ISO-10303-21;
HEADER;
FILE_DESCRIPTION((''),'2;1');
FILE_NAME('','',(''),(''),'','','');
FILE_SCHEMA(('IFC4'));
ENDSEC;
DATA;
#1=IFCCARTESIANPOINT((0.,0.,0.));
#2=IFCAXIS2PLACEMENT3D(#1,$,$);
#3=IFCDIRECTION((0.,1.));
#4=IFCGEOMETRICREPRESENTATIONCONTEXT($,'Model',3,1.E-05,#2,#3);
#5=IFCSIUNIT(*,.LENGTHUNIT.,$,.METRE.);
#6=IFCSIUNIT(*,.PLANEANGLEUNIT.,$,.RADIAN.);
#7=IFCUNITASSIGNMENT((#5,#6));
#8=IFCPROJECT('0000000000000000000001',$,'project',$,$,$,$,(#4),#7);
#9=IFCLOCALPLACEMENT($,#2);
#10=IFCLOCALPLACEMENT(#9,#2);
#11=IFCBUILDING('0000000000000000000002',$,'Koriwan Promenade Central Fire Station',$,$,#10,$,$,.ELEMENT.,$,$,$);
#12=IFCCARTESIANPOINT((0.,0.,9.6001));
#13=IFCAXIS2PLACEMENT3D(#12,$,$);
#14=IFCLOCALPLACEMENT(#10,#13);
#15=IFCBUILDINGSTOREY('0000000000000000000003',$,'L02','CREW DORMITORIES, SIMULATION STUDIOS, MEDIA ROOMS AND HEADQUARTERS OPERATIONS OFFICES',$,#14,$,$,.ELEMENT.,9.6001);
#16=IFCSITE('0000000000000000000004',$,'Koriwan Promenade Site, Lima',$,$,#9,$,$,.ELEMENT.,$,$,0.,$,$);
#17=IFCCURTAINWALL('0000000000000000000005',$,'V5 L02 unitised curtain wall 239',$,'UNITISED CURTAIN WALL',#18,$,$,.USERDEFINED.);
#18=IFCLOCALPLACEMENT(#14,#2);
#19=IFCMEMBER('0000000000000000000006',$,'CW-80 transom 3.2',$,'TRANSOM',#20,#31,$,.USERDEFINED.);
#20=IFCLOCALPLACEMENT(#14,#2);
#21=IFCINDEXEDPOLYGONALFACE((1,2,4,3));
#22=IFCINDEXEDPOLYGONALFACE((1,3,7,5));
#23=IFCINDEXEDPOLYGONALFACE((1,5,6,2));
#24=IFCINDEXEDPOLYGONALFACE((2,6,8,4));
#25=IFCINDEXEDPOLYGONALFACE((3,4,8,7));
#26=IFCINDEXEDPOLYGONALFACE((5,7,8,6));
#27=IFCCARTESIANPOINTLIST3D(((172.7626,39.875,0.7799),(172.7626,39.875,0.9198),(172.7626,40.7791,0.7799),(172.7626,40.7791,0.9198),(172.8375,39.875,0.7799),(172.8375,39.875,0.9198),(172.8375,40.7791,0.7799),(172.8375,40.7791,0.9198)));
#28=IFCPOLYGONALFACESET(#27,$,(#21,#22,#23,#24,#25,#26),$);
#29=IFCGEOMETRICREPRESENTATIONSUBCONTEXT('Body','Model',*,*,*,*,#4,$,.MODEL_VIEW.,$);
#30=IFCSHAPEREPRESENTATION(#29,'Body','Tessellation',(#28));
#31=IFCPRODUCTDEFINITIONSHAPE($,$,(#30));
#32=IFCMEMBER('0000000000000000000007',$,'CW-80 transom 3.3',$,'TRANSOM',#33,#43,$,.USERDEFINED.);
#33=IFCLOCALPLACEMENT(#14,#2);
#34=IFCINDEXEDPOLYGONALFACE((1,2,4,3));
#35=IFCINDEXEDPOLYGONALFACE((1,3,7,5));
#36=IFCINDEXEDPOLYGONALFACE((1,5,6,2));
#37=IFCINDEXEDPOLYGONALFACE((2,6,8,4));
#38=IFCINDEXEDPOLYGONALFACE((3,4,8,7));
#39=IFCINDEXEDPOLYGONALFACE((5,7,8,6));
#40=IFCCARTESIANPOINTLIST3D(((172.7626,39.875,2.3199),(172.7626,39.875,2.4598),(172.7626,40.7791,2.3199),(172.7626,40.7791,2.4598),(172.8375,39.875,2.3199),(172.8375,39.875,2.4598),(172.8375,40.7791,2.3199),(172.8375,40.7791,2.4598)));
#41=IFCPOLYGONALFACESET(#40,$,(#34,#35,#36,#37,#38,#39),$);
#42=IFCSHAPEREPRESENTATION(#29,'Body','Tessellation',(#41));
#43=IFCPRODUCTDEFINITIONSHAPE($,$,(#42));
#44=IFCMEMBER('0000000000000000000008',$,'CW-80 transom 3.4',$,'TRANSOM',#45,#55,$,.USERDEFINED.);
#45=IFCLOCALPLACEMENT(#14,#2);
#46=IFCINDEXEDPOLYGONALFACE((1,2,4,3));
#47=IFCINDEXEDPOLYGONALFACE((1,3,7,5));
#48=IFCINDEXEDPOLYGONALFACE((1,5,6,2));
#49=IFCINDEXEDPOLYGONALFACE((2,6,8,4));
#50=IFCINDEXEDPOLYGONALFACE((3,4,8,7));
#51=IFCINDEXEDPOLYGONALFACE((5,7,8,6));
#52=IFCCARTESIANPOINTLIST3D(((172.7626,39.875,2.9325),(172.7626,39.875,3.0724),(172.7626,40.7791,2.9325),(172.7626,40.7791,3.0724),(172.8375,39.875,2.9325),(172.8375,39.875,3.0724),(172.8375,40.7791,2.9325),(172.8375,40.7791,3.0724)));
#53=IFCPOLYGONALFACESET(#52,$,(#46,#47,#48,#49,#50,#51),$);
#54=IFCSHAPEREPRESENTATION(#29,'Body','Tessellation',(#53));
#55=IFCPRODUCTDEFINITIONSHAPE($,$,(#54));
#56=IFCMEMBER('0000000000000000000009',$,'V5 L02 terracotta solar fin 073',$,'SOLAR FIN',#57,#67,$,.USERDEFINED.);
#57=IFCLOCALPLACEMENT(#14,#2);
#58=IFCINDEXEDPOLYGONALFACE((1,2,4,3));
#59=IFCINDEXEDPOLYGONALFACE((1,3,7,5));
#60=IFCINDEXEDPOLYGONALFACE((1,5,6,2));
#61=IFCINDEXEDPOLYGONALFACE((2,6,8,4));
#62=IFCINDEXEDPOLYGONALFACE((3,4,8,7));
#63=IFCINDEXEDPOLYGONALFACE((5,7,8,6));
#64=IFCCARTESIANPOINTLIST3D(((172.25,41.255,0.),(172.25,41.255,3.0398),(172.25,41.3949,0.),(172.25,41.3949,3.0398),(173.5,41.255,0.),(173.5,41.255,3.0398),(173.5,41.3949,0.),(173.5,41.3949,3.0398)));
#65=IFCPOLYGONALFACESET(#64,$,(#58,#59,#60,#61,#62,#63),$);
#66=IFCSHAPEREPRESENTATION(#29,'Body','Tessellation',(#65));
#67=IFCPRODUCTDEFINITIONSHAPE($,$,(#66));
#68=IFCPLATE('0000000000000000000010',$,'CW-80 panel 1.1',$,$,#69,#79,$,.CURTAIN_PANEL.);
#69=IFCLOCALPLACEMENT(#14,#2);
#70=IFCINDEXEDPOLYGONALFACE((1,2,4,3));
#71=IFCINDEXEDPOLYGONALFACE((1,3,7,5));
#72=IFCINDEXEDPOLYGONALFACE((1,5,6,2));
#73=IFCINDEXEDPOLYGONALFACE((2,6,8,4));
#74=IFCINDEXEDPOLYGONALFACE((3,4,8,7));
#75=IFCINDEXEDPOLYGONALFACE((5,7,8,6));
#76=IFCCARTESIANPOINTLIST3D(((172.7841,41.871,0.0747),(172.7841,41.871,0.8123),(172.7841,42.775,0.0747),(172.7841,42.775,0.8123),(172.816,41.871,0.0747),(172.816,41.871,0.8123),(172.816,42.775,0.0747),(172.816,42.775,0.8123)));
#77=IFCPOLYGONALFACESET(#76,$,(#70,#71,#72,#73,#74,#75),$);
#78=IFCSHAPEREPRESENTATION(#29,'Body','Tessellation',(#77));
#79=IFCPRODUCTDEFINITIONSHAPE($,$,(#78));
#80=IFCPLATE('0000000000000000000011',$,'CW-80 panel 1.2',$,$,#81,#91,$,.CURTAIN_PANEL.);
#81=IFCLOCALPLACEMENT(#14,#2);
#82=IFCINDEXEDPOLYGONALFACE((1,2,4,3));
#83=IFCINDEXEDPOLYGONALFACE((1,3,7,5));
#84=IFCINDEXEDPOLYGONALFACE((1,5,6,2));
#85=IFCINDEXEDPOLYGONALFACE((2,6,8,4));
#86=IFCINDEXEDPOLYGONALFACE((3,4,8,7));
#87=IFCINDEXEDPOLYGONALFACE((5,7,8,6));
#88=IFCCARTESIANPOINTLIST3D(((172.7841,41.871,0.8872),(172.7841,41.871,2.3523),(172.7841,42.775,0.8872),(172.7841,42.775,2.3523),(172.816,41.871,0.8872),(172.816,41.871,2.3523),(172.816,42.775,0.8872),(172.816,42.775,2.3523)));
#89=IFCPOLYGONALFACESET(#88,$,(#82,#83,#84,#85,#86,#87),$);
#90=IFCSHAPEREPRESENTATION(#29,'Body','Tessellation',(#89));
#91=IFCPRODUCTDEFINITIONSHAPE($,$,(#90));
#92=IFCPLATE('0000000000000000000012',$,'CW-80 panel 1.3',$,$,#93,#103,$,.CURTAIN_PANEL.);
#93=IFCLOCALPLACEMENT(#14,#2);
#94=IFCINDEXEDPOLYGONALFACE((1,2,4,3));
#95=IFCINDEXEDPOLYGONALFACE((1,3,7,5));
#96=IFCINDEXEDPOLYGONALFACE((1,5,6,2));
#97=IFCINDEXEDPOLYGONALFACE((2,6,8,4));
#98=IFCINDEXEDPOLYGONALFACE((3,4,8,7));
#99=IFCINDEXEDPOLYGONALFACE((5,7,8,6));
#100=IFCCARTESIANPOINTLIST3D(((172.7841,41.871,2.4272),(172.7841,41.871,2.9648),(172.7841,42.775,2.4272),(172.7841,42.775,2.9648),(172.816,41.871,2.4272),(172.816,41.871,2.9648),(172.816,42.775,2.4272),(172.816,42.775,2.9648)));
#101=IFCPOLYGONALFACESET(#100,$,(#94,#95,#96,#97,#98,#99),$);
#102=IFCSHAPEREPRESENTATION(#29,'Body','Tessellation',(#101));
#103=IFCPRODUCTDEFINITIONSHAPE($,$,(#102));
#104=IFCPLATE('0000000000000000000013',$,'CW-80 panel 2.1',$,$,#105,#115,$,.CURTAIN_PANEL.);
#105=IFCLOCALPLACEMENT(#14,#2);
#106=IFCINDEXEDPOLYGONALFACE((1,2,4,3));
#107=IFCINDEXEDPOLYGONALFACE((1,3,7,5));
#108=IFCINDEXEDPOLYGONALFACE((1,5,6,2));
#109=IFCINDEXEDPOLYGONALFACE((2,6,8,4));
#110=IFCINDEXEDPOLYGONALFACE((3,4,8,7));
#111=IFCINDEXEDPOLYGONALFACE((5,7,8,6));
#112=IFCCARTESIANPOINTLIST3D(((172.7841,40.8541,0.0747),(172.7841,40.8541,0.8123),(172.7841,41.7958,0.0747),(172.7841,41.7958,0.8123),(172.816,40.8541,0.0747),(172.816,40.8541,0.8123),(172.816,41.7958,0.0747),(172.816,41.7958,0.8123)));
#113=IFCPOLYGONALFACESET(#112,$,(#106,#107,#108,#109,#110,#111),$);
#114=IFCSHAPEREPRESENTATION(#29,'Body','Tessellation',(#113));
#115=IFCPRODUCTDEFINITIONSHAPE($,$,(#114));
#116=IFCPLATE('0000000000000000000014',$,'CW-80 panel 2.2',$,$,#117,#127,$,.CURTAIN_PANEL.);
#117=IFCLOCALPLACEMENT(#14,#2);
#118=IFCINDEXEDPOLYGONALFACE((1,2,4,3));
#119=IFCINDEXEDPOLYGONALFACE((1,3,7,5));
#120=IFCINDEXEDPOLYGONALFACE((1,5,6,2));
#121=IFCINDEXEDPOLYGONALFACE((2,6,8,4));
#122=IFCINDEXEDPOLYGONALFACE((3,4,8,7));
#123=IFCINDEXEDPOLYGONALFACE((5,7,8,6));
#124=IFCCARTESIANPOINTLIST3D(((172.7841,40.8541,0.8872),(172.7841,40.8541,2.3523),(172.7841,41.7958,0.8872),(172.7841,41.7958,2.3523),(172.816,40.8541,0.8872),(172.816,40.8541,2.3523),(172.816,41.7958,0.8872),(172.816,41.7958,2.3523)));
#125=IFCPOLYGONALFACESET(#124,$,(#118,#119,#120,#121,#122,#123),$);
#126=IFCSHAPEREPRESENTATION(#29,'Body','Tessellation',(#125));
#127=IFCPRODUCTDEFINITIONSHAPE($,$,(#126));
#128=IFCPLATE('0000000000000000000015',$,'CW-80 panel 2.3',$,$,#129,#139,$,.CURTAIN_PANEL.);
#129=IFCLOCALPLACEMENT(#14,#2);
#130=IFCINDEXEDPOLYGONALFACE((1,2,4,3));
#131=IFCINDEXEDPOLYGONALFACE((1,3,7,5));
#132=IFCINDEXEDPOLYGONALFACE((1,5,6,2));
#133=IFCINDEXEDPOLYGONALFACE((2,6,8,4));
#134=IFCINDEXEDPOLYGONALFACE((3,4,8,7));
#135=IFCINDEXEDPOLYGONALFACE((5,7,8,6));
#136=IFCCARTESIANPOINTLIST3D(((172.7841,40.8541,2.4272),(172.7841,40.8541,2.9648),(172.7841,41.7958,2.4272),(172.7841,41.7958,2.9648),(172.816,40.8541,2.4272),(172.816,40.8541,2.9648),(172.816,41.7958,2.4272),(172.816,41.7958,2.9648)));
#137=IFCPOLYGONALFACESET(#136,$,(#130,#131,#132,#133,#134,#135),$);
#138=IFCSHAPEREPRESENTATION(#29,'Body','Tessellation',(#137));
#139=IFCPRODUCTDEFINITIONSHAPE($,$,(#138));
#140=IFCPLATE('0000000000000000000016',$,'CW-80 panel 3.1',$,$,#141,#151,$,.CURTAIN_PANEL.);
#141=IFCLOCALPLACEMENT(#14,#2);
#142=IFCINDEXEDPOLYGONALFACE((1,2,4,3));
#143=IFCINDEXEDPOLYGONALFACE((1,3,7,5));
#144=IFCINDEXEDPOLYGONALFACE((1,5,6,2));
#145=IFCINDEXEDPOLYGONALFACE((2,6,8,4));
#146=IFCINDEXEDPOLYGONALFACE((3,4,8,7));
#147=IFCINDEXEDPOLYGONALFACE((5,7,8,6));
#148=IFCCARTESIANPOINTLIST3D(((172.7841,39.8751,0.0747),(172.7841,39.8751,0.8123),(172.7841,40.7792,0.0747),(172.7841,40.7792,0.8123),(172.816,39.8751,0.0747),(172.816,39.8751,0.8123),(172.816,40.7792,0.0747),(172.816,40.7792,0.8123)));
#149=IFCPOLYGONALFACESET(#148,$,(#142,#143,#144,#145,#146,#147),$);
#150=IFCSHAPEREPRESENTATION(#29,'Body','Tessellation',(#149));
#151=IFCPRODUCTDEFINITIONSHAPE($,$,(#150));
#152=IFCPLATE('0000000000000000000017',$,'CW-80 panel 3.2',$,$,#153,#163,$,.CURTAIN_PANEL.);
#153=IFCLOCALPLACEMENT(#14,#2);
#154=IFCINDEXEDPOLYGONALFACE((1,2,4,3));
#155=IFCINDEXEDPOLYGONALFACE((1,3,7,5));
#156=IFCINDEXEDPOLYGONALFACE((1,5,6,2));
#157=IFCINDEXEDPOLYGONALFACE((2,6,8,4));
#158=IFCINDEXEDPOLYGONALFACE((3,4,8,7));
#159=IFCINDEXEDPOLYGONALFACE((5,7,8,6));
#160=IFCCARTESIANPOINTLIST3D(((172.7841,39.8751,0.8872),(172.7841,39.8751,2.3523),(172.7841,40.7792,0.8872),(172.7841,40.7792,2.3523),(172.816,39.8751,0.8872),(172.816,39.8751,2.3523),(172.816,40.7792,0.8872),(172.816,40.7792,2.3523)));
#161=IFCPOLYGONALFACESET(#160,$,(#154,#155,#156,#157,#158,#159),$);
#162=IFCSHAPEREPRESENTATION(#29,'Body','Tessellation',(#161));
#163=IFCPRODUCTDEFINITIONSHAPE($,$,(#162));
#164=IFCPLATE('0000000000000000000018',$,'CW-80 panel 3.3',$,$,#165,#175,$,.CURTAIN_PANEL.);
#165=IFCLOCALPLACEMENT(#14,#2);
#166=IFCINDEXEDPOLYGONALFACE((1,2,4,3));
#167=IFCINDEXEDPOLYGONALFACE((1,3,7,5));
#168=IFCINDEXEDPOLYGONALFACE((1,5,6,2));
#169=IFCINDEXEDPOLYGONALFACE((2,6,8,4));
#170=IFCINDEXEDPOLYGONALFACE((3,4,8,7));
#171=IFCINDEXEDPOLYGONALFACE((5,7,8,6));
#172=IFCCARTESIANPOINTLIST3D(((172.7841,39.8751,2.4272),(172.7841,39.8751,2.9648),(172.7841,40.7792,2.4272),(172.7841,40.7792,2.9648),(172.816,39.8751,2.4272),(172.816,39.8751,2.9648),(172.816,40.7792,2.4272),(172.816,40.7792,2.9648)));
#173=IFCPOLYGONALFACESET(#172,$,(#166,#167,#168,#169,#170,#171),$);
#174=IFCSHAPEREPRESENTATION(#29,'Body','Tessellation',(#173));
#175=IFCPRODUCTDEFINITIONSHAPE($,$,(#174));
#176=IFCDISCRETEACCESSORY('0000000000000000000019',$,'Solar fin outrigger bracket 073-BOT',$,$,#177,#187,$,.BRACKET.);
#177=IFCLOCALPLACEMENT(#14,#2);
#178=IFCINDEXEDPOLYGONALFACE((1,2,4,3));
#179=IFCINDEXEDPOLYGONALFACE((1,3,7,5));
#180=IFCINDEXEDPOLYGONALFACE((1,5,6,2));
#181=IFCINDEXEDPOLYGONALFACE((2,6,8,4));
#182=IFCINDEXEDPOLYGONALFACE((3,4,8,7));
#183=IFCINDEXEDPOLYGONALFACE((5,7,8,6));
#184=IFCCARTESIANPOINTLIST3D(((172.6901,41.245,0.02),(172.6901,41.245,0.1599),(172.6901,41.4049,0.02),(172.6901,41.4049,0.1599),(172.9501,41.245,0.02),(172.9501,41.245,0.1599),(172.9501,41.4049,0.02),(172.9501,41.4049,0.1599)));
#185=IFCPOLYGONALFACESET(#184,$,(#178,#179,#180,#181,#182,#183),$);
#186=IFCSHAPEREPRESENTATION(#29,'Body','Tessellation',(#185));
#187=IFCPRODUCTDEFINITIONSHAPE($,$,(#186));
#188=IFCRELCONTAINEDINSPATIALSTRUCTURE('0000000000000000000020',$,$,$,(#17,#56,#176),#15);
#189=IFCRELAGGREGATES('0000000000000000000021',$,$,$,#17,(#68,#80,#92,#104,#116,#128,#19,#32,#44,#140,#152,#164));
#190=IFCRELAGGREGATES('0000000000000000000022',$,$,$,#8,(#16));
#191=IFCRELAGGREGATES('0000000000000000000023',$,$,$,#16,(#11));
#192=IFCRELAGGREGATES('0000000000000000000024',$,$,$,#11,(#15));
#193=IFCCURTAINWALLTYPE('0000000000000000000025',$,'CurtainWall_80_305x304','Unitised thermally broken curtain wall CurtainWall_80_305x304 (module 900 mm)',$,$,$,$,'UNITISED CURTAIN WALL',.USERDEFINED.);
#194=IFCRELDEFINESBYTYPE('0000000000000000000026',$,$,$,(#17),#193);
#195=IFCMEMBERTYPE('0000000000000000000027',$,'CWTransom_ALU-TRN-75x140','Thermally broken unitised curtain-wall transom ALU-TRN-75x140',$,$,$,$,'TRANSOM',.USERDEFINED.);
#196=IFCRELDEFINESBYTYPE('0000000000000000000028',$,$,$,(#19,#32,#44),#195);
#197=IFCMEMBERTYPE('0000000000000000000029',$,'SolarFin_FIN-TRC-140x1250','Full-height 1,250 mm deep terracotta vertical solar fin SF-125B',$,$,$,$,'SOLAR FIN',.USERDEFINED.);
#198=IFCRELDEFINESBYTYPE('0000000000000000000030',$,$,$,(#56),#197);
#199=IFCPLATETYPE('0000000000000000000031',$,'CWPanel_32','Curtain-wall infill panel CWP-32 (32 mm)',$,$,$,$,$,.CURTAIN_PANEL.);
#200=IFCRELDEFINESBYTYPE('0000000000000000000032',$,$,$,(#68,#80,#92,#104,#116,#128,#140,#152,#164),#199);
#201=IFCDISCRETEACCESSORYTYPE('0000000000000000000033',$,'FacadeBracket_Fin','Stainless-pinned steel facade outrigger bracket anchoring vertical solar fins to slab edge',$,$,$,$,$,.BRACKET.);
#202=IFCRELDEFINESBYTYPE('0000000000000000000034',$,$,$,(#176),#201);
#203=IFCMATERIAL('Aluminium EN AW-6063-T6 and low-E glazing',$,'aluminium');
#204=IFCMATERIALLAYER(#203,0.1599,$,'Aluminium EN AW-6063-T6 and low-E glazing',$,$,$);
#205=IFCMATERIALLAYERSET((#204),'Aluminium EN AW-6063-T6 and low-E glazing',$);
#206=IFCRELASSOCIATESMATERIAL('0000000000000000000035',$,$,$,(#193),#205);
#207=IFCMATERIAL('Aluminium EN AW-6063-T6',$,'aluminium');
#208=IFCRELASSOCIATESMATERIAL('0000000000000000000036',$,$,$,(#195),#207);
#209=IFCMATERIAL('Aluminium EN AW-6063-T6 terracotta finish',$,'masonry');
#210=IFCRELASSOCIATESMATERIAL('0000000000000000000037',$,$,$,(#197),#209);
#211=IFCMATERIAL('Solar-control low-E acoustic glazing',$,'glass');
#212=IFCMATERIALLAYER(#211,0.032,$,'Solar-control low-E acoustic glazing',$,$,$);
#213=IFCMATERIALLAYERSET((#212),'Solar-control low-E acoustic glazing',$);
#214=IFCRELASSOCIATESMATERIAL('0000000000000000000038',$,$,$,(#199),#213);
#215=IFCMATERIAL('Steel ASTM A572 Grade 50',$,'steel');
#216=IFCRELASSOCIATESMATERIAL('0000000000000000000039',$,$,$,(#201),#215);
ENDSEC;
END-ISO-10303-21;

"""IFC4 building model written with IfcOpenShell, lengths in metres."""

from ifc_helpers import new_model, si_unit, direction, frame, origin, origin_2d, place, context, subcontext, project, spatial, rectangle, extrude, material, layer, layer_set, material_profile, profile_set, type_object, element, aggregate, save


model = new_model("IFC4")

# Units and contexts
model_context = context("Model", 3, precision=1e-05, world=origin(), true_north=direction((0.0, 1.0)))
body_context = subcontext(model_context, "Body", "Model", "MODEL_VIEW")
ifc_project = project(units=[si_unit("LENGTHUNIT", "METRE"), si_unit("PLANEANGLEUNIT", "RADIAN")], contexts=[model_context])

# Site, building, storey
site_placement = place(None, origin())
site = spatial("IfcSite", under=ifc_project, at=site_placement, Name="Koriwan Promenade Site, Lima", CompositionType="ELEMENT", RefElevation=0.0)
building_placement = place(site_placement, origin())
building = spatial("IfcBuilding", under=site, at=building_placement, Name="Koriwan Promenade Central Fire Station", CompositionType="ELEMENT")
storey_placement = place(building_placement, frame((0.0, 0.0, 9.6001)))
storey = spatial("IfcBuildingStorey", under=building, at=storey_placement, Name="L02", Description="CREW DORMITORIES, SIMULATION STUDIOS, MEDIA ROOMS AND HEADQUARTERS OPERATIONS OFFICES", CompositionType="ELEMENT", Elevation=9.6001)

# Curtain wall, members
ifc_material_1 = material(Name="Aluminium EN AW-6063-T6 and low-E glazing", Category="aluminium")
ifc_layer_1 = layer(ifc_material_1, 0.1599, Name="Aluminium EN AW-6063-T6 and low-E glazing")
ifc_layer_set_1 = layer_set([ifc_layer_1], Name="Aluminium EN AW-6063-T6 and low-E glazing")
curtain_wall_type = type_object("IfcCurtainWallType", Name="CurtainWall_80_305x304", Description="Unitised thermally broken curtain wall CurtainWall_80_305x304 (module 900 mm)", ElementType="UNITISED CURTAIN WALL", PredefinedType="USERDEFINED", material=ifc_layer_set_1)
curtain_wall_placement = place(storey_placement, origin())
curtain_wall = element("IfcCurtainWall", 1, at=curtain_wall_placement, inside=storey, type_object=curtain_wall_type, Name="V5 L02 unitised curtain wall 239", ObjectType="UNITISED CURTAIN WALL", PredefinedType="USERDEFINED")
ifc_material_2 = material(Name="Aluminium EN AW-6063-T6", Category="aluminium")
ifc_material_profile_1 = material_profile(ifc_material_2, rectangle(XDim=0.075, YDim=0.1399, at=origin_2d()), Name="ALU-TRN-75x140")
ifc_profile_set_1 = profile_set([ifc_material_profile_1], Name="Aluminium EN AW-6063-T6")
member_type_1 = type_object("IfcMemberType", Name="CWTransom_ALU-TRN-75x140", Description="Thermally broken unitised curtain-wall transom ALU-TRN-75x140", ElementType="TRANSOM", PredefinedType="USERDEFINED", material=ifc_profile_set_1)
member_1_placement = place(storey_placement, frame((172.8, 40.7791, 0.8499), z_axis=(0.0, -1.0, 0.0), x_axis=(1.0, 0.0, 0.0)))
member_1 = element("IfcMember", 2, at=member_1_placement, type_object=member_type_1, Name="CW-80 transom 3.2", ObjectType="TRANSOM", PredefinedType="USERDEFINED", context=body_context, shape_type="SweptSolid", body=[
    extrude(rectangle(XDim=0.075, YDim=0.1399, at=origin_2d()), origin(), (0.0, 0.0, 1.0), 0.9041),
])
member_2_placement = place(storey_placement, frame((172.8, 40.7791, 2.3899), z_axis=(0.0, -1.0, 0.0), x_axis=(1.0, 0.0, 0.0)))
member_2 = element("IfcMember", 3, at=member_2_placement, type_object=member_type_1, Name="CW-80 transom 3.3", ObjectType="TRANSOM", PredefinedType="USERDEFINED", context=body_context, shape_type="SweptSolid", body=[
    extrude(rectangle(XDim=0.075, YDim=0.1399, at=origin_2d()), origin(), (0.0, 0.0, 1.0), 0.9041),
])
member_3_placement = place(storey_placement, frame((172.8, 40.7791, 3.0024), z_axis=(0.0, -1.0, 0.0), x_axis=(1.0, 0.0, 0.0)))
member_3 = element("IfcMember", 4, at=member_3_placement, type_object=member_type_1, Name="CW-80 transom 3.4", ObjectType="TRANSOM", PredefinedType="USERDEFINED", context=body_context, shape_type="SweptSolid", body=[
    extrude(rectangle(XDim=0.075, YDim=0.1399, at=origin_2d()), origin(), (0.0, 0.0, 1.0), 0.9041),
])

# Member
ifc_material_3 = material(Name="Aluminium EN AW-6063-T6 terracotta finish", Category="masonry")
ifc_material_profile_2 = material_profile(ifc_material_3, rectangle(XDim=0.1399, YDim=1.25, at=origin_2d()), Name="FIN-TRC-140x1250")
ifc_profile_set_2 = profile_set([ifc_material_profile_2], Name="Aluminium EN AW-6063-T6 terracotta finish")
member_type_2 = type_object("IfcMemberType", Name="SolarFin_FIN-TRC-140x1250", Description="Full-height 1,250 mm deep terracotta vertical solar fin SF-125B", ElementType="SOLAR FIN", PredefinedType="USERDEFINED", material=ifc_profile_set_2)
member_4_placement = place(storey_placement, frame((172.875, 41.325, 0.0), z_axis=(0.0, 0.0, 1.0), x_axis=(0.0, -1.0, 0.0)))
element("IfcMember", 5, at=member_4_placement, inside=storey, type_object=member_type_2, Name="V5 L02 terracotta solar fin 073", ObjectType="SOLAR FIN", PredefinedType="USERDEFINED", context=body_context, shape_type="SweptSolid", body=[
    extrude(rectangle(XDim=0.1399, YDim=1.25, at=origin_2d()), origin(), (0.0, 0.0, 1.0), 3.0398),
])

# Plates
ifc_material_4 = material(Name="Solar-control low-E acoustic glazing", Category="glass")
ifc_layer_2 = layer(ifc_material_4, 0.032, Name="Solar-control low-E acoustic glazing")
ifc_layer_set_2 = layer_set([ifc_layer_2], Name="Solar-control low-E acoustic glazing")
plate_type = type_object("IfcPlateType", Name="CWPanel_32", Description="Curtain-wall infill panel CWP-32 (32 mm)", PredefinedType="CURTAIN_PANEL", material=ifc_layer_set_2)
plate_1_placement = place(storey_placement, frame((172.8, 42.323, 0.0747), z_axis=(0.0, 0.0, 1.0), x_axis=(0.0, -1.0, 0.0)))
plate_1 = element("IfcPlate", 6, at=plate_1_placement, type_object=plate_type, Name="CW-80 panel 1.1", PredefinedType="CURTAIN_PANEL", context=body_context, shape_type="SweptSolid", body=[
    extrude(rectangle(XDim=0.9041, YDim=0.032, at=origin_2d()), origin(), (0.0, 0.0, 1.0), 0.7375),
])
plate_2_placement = place(storey_placement, frame((172.8, 42.323, 0.8872), z_axis=(0.0, 0.0, 1.0), x_axis=(0.0, -1.0, 0.0)))
plate_2 = element("IfcPlate", 7, at=plate_2_placement, type_object=plate_type, Name="CW-80 panel 1.2", PredefinedType="CURTAIN_PANEL", context=body_context, shape_type="SweptSolid", body=[
    extrude(rectangle(XDim=0.9041, YDim=0.032, at=origin_2d()), origin(), (0.0, 0.0, 1.0), 1.4651),
])
plate_3_placement = place(storey_placement, frame((172.8, 42.323, 2.4272), z_axis=(0.0, 0.0, 1.0), x_axis=(0.0, -1.0, 0.0)))
plate_3 = element("IfcPlate", 8, at=plate_3_placement, type_object=plate_type, Name="CW-80 panel 1.3", PredefinedType="CURTAIN_PANEL", context=body_context, shape_type="SweptSolid", body=[
    extrude(rectangle(XDim=0.9041, YDim=0.032, at=origin_2d()), origin(), (0.0, 0.0, 1.0), 0.5376),
])
plate_4_placement = place(storey_placement, frame((172.8, 41.325, 0.0747), z_axis=(0.0, 0.0, 1.0), x_axis=(0.0, -1.0, 0.0)))
plate_4 = element("IfcPlate", 9, at=plate_4_placement, type_object=plate_type, Name="CW-80 panel 2.1", PredefinedType="CURTAIN_PANEL", context=body_context, shape_type="SweptSolid", body=[
    extrude(rectangle(XDim=0.9417, YDim=0.032, at=origin_2d()), origin(), (0.0, 0.0, 1.0), 0.7375),
])
plate_5_placement = place(storey_placement, frame((172.8, 41.325, 0.8872), z_axis=(0.0, 0.0, 1.0), x_axis=(0.0, -1.0, 0.0)))
plate_5 = element("IfcPlate", 10, at=plate_5_placement, type_object=plate_type, Name="CW-80 panel 2.2", PredefinedType="CURTAIN_PANEL", context=body_context, shape_type="SweptSolid", body=[
    extrude(rectangle(XDim=0.9417, YDim=0.032, at=origin_2d()), origin(), (0.0, 0.0, 1.0), 1.4651),
])
plate_6_placement = place(storey_placement, frame((172.8, 41.325, 2.4272), z_axis=(0.0, 0.0, 1.0), x_axis=(0.0, -1.0, 0.0)))
plate_6 = element("IfcPlate", 11, at=plate_6_placement, type_object=plate_type, Name="CW-80 panel 2.3", PredefinedType="CURTAIN_PANEL", context=body_context, shape_type="SweptSolid", body=[
    extrude(rectangle(XDim=0.9417, YDim=0.032, at=origin_2d()), origin(), (0.0, 0.0, 1.0), 0.5376),
])
plate_7_placement = place(storey_placement, frame((172.8, 40.3271, 0.0747), z_axis=(0.0, 0.0, 1.0), x_axis=(0.0, -1.0, 0.0)))
plate_7 = element("IfcPlate", 12, at=plate_7_placement, type_object=plate_type, Name="CW-80 panel 3.1", PredefinedType="CURTAIN_PANEL", context=body_context, shape_type="SweptSolid", body=[
    extrude(rectangle(XDim=0.9041, YDim=0.032, at=origin_2d()), origin(), (0.0, 0.0, 1.0), 0.7375),
])
plate_8_placement = place(storey_placement, frame((172.8, 40.3271, 0.8872), z_axis=(0.0, 0.0, 1.0), x_axis=(0.0, -1.0, 0.0)))
plate_8 = element("IfcPlate", 13, at=plate_8_placement, type_object=plate_type, Name="CW-80 panel 3.2", PredefinedType="CURTAIN_PANEL", context=body_context, shape_type="SweptSolid", body=[
    extrude(rectangle(XDim=0.9041, YDim=0.032, at=origin_2d()), origin(), (0.0, 0.0, 1.0), 1.4651),
])
plate_9_placement = place(storey_placement, frame((172.8, 40.3271, 2.4272), z_axis=(0.0, 0.0, 1.0), x_axis=(0.0, -1.0, 0.0)))
plate_9 = element("IfcPlate", 14, at=plate_9_placement, type_object=plate_type, Name="CW-80 panel 3.3", PredefinedType="CURTAIN_PANEL", context=body_context, shape_type="SweptSolid", body=[
    extrude(rectangle(XDim=0.9041, YDim=0.032, at=origin_2d()), origin(), (0.0, 0.0, 1.0), 0.5376),
])
aggregate(curtain_wall, [plate_1, plate_2, plate_3, plate_4, plate_5, plate_6, member_1, member_2, member_3, plate_7, plate_8, plate_9])

# Discrete accessory
ifc_material_5 = material(Name="Steel ASTM A572 Grade 50", Category="steel")
discrete_accessory_type = type_object("IfcDiscreteAccessoryType", Name="FacadeBracket_Fin", Description="Stainless-pinned steel facade outrigger bracket anchoring vertical solar fins to slab edge", PredefinedType="BRACKET", material=ifc_material_5)
for number, where, z_axis, x_axis, name in (
    (15, (172.8201, 41.325, 0.02), (0.0, 0.0, 1.0), (1.0, 0.0, 0.0), "Solar fin outrigger bracket 073-BOT"),
):
    element("IfcDiscreteAccessory", number, at=place(storey_placement, frame(where, z_axis=z_axis, x_axis=x_axis)), inside=storey, type_object=discrete_accessory_type, Name=name, PredefinedType="BRACKET", context=body_context, shape_type="SweptSolid", body=[
        extrude(rectangle(XDim=0.26, YDim=0.1599, at=origin_2d()), origin(), (0.0, 0.0, 1.0), 0.1399),
    ])

save(model, "model.ifc")
